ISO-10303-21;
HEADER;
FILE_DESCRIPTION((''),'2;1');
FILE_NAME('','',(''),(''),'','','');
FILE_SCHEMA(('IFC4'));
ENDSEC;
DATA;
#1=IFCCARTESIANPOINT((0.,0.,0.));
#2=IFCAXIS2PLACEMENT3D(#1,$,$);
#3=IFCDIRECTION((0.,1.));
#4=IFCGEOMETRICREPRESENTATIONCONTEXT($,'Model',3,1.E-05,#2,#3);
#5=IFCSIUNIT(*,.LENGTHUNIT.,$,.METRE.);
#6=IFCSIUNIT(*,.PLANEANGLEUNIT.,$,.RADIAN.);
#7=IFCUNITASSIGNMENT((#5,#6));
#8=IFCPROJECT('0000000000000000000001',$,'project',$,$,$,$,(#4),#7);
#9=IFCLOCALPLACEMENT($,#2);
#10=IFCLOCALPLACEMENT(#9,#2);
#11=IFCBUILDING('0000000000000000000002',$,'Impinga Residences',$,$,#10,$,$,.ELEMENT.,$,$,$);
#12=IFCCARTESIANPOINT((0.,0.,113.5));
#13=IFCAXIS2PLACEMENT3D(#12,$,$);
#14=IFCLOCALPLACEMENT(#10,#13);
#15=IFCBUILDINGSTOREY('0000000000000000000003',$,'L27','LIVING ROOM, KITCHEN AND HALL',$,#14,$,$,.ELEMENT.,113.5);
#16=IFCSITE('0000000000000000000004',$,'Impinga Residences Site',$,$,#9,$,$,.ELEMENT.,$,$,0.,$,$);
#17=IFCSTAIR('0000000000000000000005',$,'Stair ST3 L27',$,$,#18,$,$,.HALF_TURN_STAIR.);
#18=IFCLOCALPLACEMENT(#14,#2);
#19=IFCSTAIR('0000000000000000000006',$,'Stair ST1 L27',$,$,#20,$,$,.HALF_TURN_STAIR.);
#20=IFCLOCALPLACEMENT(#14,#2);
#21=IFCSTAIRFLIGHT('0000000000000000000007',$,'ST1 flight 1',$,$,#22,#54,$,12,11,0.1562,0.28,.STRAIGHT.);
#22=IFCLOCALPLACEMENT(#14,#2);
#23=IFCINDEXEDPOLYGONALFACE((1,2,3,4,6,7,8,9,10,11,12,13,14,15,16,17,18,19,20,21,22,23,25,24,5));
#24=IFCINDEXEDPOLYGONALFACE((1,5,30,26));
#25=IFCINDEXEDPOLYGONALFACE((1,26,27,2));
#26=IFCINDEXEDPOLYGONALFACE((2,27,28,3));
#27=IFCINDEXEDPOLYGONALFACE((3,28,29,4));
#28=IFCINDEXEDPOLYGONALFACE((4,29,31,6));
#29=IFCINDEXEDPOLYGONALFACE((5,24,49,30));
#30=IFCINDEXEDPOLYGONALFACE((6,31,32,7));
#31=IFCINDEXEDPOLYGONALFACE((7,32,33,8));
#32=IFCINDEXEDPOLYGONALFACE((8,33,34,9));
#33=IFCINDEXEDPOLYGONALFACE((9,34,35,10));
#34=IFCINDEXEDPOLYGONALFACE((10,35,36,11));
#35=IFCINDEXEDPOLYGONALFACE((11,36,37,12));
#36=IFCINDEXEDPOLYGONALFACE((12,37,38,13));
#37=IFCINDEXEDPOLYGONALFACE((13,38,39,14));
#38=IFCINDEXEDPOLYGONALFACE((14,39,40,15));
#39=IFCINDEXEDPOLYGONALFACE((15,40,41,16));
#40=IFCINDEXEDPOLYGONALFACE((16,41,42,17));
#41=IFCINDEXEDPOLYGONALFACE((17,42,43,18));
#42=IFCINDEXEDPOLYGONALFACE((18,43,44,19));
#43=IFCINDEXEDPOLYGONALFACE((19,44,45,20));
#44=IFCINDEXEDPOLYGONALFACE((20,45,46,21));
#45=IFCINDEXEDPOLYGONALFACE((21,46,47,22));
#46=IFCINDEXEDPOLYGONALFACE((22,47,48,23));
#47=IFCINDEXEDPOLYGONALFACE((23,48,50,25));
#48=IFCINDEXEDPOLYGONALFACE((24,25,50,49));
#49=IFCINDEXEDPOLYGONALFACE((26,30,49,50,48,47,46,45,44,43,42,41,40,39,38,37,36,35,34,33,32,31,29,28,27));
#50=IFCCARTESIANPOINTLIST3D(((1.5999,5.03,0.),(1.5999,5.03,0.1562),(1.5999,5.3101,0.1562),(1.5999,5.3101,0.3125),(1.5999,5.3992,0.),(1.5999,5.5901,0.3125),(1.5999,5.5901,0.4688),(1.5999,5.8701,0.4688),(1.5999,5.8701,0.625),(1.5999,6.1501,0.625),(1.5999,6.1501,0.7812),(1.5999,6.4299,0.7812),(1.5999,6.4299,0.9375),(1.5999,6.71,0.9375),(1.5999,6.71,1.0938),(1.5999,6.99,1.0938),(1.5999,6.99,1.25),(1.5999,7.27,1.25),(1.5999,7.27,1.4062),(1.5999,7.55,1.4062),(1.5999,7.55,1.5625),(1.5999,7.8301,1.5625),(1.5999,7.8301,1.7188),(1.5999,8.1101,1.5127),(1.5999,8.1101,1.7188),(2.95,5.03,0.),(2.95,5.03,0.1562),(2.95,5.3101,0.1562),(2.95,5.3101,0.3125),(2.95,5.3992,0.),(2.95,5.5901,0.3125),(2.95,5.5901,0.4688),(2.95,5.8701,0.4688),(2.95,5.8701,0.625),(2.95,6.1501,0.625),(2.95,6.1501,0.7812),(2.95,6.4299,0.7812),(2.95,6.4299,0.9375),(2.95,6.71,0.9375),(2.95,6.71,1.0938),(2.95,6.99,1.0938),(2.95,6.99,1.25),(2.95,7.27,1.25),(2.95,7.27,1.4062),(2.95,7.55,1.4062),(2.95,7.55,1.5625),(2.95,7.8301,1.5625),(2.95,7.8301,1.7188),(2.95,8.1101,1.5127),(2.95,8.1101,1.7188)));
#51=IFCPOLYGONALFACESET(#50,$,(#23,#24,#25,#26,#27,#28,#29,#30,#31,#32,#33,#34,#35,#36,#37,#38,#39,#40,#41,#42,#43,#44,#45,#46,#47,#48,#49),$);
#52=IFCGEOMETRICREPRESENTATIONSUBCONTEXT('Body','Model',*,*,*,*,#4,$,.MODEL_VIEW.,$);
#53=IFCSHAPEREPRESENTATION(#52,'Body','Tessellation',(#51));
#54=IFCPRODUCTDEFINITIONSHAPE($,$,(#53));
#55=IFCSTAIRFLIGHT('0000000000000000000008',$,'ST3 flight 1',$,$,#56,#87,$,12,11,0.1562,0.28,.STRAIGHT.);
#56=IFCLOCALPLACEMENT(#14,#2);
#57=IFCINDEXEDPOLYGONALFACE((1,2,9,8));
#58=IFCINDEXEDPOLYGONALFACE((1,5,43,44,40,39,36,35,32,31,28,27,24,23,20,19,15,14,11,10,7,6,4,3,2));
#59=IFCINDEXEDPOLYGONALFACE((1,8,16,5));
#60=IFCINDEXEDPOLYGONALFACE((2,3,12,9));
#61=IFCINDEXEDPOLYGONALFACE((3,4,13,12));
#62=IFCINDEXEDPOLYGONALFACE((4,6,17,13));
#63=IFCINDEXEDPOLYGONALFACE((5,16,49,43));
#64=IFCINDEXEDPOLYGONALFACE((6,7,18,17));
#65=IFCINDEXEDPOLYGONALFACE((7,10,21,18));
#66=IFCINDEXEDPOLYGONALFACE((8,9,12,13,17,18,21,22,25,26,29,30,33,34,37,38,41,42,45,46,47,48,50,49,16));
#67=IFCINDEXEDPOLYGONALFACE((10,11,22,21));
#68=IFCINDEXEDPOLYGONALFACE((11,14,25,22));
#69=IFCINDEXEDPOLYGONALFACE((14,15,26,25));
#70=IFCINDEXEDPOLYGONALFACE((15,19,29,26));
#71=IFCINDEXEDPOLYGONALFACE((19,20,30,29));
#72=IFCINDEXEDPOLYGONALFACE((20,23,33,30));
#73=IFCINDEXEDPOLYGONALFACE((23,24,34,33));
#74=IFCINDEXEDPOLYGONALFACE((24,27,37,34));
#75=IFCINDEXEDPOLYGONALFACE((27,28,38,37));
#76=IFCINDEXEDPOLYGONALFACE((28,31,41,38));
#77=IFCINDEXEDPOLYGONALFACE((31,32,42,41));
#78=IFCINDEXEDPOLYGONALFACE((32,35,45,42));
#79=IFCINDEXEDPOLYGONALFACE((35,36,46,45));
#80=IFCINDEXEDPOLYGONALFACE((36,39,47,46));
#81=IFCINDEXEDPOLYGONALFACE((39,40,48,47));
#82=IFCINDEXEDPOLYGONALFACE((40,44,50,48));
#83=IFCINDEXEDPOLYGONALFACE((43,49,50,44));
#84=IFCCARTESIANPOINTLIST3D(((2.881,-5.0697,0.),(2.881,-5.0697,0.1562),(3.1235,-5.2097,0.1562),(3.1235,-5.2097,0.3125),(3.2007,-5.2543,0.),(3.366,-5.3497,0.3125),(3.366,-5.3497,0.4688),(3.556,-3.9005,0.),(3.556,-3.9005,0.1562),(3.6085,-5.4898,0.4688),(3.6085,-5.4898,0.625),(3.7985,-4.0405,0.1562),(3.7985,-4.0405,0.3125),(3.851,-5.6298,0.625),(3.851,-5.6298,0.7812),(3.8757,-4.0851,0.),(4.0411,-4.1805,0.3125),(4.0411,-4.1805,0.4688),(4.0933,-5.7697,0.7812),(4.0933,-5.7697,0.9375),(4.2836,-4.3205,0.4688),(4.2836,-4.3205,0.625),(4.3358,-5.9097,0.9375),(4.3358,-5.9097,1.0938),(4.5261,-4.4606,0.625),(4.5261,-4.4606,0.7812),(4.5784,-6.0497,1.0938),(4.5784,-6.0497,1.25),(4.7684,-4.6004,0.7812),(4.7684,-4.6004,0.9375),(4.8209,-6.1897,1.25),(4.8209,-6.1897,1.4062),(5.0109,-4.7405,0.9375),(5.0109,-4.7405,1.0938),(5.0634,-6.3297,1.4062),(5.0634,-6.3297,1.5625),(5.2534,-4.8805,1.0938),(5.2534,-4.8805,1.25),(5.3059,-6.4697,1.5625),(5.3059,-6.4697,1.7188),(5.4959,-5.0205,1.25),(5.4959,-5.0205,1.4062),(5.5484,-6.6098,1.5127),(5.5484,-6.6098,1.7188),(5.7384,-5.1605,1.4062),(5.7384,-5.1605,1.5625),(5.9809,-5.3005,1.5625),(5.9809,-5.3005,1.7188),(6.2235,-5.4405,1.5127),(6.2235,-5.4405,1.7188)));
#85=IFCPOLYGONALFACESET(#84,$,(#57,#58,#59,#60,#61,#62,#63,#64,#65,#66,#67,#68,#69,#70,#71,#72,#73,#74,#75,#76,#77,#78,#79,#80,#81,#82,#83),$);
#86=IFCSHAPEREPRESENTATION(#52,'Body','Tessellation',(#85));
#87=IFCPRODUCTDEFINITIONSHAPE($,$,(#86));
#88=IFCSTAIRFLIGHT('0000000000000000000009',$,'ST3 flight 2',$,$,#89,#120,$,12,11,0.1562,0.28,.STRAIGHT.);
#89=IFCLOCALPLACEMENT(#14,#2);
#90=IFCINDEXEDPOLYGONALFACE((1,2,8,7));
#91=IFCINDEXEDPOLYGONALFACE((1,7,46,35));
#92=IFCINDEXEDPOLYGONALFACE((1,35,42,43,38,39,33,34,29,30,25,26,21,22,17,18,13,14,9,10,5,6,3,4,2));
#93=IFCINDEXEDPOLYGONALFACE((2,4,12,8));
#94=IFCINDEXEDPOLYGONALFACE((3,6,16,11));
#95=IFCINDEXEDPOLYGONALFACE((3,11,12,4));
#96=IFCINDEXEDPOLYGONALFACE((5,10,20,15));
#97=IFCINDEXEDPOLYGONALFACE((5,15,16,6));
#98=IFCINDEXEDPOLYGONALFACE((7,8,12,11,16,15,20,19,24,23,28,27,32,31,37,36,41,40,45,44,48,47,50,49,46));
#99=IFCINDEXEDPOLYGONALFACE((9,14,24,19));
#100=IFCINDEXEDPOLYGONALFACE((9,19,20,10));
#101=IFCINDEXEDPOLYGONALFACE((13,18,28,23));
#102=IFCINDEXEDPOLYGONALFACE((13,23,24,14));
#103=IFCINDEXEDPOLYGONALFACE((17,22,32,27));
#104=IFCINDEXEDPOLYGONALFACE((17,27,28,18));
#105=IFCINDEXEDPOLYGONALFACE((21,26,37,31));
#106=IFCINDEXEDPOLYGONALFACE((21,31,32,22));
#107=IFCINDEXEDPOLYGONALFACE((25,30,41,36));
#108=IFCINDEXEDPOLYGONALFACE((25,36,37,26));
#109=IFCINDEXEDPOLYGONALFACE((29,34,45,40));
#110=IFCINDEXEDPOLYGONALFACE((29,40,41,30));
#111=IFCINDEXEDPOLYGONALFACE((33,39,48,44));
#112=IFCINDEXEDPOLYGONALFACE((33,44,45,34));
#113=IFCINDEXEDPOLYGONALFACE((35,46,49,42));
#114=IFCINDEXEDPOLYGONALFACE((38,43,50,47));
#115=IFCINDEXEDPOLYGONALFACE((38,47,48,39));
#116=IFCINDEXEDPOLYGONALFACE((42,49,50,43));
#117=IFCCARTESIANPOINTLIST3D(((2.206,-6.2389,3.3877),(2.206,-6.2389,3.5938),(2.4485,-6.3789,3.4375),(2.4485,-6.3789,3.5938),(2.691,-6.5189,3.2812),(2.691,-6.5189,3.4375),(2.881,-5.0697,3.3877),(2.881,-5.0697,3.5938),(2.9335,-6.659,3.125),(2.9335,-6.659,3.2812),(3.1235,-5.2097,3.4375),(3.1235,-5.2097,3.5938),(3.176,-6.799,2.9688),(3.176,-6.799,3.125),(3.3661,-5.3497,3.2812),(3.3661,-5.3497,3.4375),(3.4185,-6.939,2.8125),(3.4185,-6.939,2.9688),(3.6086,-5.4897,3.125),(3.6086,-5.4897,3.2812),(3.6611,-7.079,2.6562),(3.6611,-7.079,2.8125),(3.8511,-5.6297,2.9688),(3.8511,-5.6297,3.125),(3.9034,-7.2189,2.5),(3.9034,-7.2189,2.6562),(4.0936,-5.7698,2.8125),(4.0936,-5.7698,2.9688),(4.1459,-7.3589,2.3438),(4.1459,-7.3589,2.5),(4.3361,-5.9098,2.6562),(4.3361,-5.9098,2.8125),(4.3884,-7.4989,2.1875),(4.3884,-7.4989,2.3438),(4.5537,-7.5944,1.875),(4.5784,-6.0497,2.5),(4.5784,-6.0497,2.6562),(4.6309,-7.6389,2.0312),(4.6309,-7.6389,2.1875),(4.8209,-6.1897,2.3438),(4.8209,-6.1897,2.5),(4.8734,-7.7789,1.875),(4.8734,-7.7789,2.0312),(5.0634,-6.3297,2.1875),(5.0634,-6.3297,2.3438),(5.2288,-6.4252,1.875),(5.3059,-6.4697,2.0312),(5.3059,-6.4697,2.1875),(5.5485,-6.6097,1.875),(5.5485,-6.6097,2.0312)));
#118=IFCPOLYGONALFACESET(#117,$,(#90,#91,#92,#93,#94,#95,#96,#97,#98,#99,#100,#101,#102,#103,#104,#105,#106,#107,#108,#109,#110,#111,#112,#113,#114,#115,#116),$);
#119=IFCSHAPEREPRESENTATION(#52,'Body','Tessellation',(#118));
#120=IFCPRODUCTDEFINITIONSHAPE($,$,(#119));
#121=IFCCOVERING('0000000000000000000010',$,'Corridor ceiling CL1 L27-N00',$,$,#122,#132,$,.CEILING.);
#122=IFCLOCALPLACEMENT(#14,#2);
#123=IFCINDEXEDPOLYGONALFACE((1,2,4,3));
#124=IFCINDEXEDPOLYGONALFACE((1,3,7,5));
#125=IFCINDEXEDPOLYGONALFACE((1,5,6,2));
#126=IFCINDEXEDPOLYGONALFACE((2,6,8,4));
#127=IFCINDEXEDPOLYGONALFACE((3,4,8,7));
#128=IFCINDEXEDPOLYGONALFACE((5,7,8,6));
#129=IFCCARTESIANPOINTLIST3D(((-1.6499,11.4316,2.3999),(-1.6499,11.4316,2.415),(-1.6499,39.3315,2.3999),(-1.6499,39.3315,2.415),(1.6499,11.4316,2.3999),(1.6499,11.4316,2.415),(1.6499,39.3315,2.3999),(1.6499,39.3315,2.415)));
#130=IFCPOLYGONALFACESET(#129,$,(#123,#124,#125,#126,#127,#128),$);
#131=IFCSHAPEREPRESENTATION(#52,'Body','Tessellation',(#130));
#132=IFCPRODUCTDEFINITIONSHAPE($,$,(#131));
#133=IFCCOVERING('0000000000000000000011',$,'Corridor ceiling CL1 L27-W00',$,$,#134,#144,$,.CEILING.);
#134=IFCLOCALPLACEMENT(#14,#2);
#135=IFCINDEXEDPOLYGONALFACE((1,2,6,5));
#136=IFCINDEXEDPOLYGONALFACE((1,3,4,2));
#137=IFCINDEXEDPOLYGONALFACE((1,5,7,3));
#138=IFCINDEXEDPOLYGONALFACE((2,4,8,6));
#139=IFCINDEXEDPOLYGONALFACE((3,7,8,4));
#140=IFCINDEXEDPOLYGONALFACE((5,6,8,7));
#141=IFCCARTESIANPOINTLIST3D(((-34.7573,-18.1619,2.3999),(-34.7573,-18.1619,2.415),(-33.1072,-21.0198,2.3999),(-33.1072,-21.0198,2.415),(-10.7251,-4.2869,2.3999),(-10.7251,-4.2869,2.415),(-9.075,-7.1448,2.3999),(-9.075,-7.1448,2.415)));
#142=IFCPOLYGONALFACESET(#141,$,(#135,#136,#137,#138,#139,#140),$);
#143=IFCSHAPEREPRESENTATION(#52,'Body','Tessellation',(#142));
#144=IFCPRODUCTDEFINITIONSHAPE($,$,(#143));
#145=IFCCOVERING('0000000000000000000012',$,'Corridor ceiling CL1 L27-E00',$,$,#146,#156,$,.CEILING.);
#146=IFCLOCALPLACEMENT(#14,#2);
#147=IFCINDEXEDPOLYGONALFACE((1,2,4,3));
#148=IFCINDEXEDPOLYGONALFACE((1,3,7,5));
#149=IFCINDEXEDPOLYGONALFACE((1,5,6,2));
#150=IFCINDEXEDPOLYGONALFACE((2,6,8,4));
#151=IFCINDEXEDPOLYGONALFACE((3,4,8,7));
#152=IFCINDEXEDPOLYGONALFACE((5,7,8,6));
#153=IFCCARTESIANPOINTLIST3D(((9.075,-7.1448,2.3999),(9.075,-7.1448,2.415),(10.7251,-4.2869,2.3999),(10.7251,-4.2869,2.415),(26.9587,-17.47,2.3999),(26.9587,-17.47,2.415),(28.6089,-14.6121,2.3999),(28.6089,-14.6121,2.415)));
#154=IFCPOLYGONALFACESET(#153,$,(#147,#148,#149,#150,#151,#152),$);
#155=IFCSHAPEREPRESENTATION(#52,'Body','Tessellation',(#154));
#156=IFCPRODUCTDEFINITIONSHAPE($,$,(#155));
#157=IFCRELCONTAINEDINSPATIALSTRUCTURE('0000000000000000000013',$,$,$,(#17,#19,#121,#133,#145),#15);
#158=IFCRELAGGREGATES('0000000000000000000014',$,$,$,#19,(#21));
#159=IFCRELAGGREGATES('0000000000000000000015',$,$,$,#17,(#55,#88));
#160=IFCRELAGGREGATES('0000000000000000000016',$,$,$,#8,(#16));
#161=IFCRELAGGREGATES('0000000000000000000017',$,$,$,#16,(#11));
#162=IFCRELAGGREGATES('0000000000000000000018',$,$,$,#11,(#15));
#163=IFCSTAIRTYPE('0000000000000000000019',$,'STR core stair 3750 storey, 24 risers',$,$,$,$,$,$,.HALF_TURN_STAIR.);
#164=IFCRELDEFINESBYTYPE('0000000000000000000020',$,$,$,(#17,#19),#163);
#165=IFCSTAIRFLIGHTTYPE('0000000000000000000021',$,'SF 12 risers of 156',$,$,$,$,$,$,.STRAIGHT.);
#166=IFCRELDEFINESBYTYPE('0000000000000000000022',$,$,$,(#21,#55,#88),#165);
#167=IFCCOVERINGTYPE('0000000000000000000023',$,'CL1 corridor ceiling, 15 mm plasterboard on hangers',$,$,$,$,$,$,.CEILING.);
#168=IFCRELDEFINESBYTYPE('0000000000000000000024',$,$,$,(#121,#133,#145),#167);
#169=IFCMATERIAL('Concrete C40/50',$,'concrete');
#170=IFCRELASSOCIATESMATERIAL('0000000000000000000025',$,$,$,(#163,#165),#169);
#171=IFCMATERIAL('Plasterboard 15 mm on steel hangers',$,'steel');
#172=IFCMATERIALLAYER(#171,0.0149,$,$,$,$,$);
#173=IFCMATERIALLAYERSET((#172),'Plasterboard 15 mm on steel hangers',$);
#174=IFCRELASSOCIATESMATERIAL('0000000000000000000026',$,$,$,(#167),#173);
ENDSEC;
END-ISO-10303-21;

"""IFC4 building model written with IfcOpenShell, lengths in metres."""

from ifc_helpers import new_model, si_unit, direction, frame, origin, place, context, subcontext, project, spatial, polyline, outline, extrude, material, layer, layer_set, type_object, element, aggregate, save


model = new_model("IFC4")

# Units and contexts
model_context = context("Model", 3, precision=1e-05, world=origin(), true_north=direction((0.0, 1.0)))
body_context = subcontext(model_context, "Body", "Model", "MODEL_VIEW")
ifc_project = project(units=[si_unit("LENGTHUNIT", "METRE"), si_unit("PLANEANGLEUNIT", "RADIAN")], contexts=[model_context])

# Site, building, storey
site_placement = place(None, origin())
site = spatial("IfcSite", under=ifc_project, at=site_placement, Name="Impinga Residences Site", CompositionType="ELEMENT", RefElevation=0.0)
building_placement = place(site_placement, origin())
building = spatial("IfcBuilding", under=site, at=building_placement, Name="Impinga Residences", CompositionType="ELEMENT")
storey_placement = place(building_placement, frame((0.0, 0.0, 113.5)))
storey = spatial("IfcBuildingStorey", under=building, at=storey_placement, Name="L27", Description="LIVING ROOM, KITCHEN AND HALL", CompositionType="ELEMENT", Elevation=113.5)

# Stair
ifc_material_1 = material(Name="Concrete C40/50", Category="concrete")
stair_type_1 = type_object("IfcStairType", Name="STR core stair 3750 storey, 24 risers", PredefinedType="HALF_TURN_STAIR", material=ifc_material_1)
stair_1_placement = place(storey_placement, origin())
stair_1 = element("IfcStair", 1, at=stair_1_placement, inside=storey, type_object=stair_type_1, Name="Stair ST3 L27", PredefinedType="HALF_TURN_STAIR")

# Stair, stair flight
stair_2_placement = place(storey_placement, origin())
stair_2 = element("IfcStair", 2, at=stair_2_placement, inside=storey, type_object=stair_type_1, Name="Stair ST1 L27", PredefinedType="HALF_TURN_STAIR")
stair_flight_type = type_object("IfcStairFlightType", Name="SF 12 risers of 156", PredefinedType="STRAIGHT", material=ifc_material_1)
stair_flight_1_placement = place(storey_placement, frame((2.2749, 5.03, 0.0), z_axis=(0.0, 0.0, 1.0), x_axis=(0.0, 1.0, 0.0)))
stair_flight_1 = element("IfcStairFlight", 3, at=stair_flight_1_placement, type_object=stair_flight_type, Name="ST1 flight 1", NumberOfRisers=12, NumberOfTreads=11, PredefinedType="STRAIGHT", RiserHeight=0.1562, TreadLength=0.28, context=body_context, shape_type="SweptSolid", body=[
    extrude(outline(polyline([(0.0, 0.0), (0.0, 0.1562), (0.28, 0.1562), (0.28, 0.3125), (0.5601, 0.3125), (0.5601, 0.4688), (0.8401, 0.4688), (0.8401, 0.625), (1.1201, 0.625), (1.1201, 0.7812), (1.3999, 0.7812), (1.3999, 0.9375), (1.6799, 0.9375), (1.6799, 1.0938), (1.96, 1.0938), (1.96, 1.25), (2.24, 1.25), (2.24, 1.4062), (2.52, 1.4062), (2.52, 1.5625), (2.8, 1.5625), (2.8, 1.7188), (3.0801, 1.7188), (3.0801, 1.875), (3.0801, 1.5127), (0.3691, 0.0), (0.0, 0.0)])), frame((0.0, 0.675, 0.0), z_axis=(0.0, -1.0, 0.0), x_axis=(1.0, 0.0, 0.0)), (0.0, 0.0, 1.0), 1.3501),
])
aggregate(stair_2, [stair_flight_1])

# Stair flights
stair_flight_2_placement = place(storey_placement, frame((3.2185, -4.4851, 0.0), z_axis=(0.0, 0.0, 1.0), x_axis=(0.866025, -0.5, 0.0)))
stair_flight_2 = element("IfcStairFlight", 4, at=stair_flight_2_placement, type_object=stair_flight_type, Name="ST3 flight 1", NumberOfRisers=12, NumberOfTreads=11, PredefinedType="STRAIGHT", RiserHeight=0.1562, TreadLength=0.28, context=body_context, shape_type="SweptSolid", body=[
    extrude(outline(polyline([(0.0, 0.0), (0.0, 0.1562), (0.28, 0.1562), (0.28, 0.3125), (0.5601, 0.3125), (0.5601, 0.4688), (0.8401, 0.4688), (0.8401, 0.625), (1.1201, 0.625), (1.1201, 0.7812), (1.3999, 0.7812), (1.3999, 0.9375), (1.6799, 0.9375), (1.6799, 1.0938), (1.96, 1.0938), (1.96, 1.25), (2.24, 1.25), (2.24, 1.4062), (2.52, 1.4062), (2.52, 1.5625), (2.8, 1.5625), (2.8, 1.7188), (3.0801, 1.7188), (3.0801, 1.875), (3.0801, 1.5127), (0.3691, 0.0), (0.0, 0.0)])), frame((0.0, 0.675, 0.0), z_axis=(0.0, -1.0, 0.0), x_axis=(1.0, 0.0, 0.0)), (0.0, 0.0, 1.0), 1.3501),
])
stair_flight_3_placement = place(storey_placement, frame((5.2109, -7.1943, 1.875), z_axis=(0.0, 0.0, 1.0), x_axis=(-0.866025, 0.5, 0.0)))
stair_flight_3 = element("IfcStairFlight", 5, at=stair_flight_3_placement, type_object=stair_flight_type, Name="ST3 flight 2", NumberOfRisers=12, NumberOfTreads=11, PredefinedType="STRAIGHT", RiserHeight=0.1562, TreadLength=0.28, context=body_context, shape_type="SweptSolid", body=[
    extrude(outline(polyline([(0.0, 0.0), (0.0, 0.1562), (0.28, 0.1562), (0.28, 0.3125), (0.5601, 0.3125), (0.5601, 0.4688), (0.8401, 0.4688), (0.8401, 0.625), (1.1201, 0.625), (1.1201, 0.7812), (1.3999, 0.7812), (1.3999, 0.9375), (1.6799, 0.9375), (1.6799, 1.0938), (1.96, 1.0938), (1.96, 1.25), (2.24, 1.25), (2.24, 1.4062), (2.52, 1.4062), (2.52, 1.5625), (2.8, 1.5625), (2.8, 1.7188), (3.0801, 1.7188), (3.0801, 1.875), (3.0801, 1.5127), (0.3691, 0.0), (0.0, 0.0)])), frame((0.0, 0.675, 0.0), z_axis=(0.0, -1.0, 0.0), x_axis=(1.0, 0.0, 0.0)), (0.0, 0.0, 1.0), 1.3501),
])
aggregate(stair_1, [stair_flight_2, stair_flight_3])

# Coverings
ifc_material_2 = material(Name="Plasterboard 15 mm on steel hangers", Category="steel")
ifc_layer_1 = layer(ifc_material_2, 0.0149)
ifc_layer_set_1 = layer_set([ifc_layer_1], Name="Plasterboard 15 mm on steel hangers")
covering_type_1 = type_object("IfcCoveringType", Name="CL1 corridor ceiling, 15 mm plasterboard on hangers", PredefinedType="CEILING", material=ifc_layer_set_1)
covering_1_placement = place(storey_placement, frame((0.0, 0.0, 2.3999)))
element("IfcCovering", 6, at=covering_1_placement, inside=storey, type_object=covering_type_1, Name="Corridor ceiling CL1 L27-N00", PredefinedType="CEILING", context=body_context, shape_type="SweptSolid", body=[
    extrude(outline(polyline([(-1.6499, 11.4316), (1.6499, 11.4316), (1.6499, 39.3315), (-1.6499, 39.3315), (-1.6499, 11.4316)])), origin(), (0.0, 0.0, 1.0), 0.0151),
])
covering_2_placement = place(storey_placement, frame((0.0, 0.0, 2.3999)))
element("IfcCovering", 7, at=covering_2_placement, inside=storey, type_object=covering_type_1, Name="Corridor ceiling CL1 L27-W00", PredefinedType="CEILING", context=body_context, shape_type="SweptSolid", body=[
    extrude(outline(polyline([(-9.075, -7.1448), (-10.7251, -4.2869), (-34.7573, -18.1619), (-33.1072, -21.0198), (-9.075, -7.1448)])), origin(), (0.0, 0.0, 1.0), 0.0151),
])
covering_3_placement = place(storey_placement, frame((0.0, 0.0, 2.3999)))
element("IfcCovering", 8, at=covering_3_placement, inside=storey, type_object=covering_type_1, Name="Corridor ceiling CL1 L27-E00", PredefinedType="CEILING", context=body_context, shape_type="SweptSolid", body=[
    extrude(outline(polyline([(9.075, -7.1448), (10.7251, -4.2869), (28.6089, -14.6121), (26.9587, -17.47), (9.075, -7.1448)])), origin(), (0.0, 0.0, 1.0), 0.0151),
])

save(model, "model.ifc")
